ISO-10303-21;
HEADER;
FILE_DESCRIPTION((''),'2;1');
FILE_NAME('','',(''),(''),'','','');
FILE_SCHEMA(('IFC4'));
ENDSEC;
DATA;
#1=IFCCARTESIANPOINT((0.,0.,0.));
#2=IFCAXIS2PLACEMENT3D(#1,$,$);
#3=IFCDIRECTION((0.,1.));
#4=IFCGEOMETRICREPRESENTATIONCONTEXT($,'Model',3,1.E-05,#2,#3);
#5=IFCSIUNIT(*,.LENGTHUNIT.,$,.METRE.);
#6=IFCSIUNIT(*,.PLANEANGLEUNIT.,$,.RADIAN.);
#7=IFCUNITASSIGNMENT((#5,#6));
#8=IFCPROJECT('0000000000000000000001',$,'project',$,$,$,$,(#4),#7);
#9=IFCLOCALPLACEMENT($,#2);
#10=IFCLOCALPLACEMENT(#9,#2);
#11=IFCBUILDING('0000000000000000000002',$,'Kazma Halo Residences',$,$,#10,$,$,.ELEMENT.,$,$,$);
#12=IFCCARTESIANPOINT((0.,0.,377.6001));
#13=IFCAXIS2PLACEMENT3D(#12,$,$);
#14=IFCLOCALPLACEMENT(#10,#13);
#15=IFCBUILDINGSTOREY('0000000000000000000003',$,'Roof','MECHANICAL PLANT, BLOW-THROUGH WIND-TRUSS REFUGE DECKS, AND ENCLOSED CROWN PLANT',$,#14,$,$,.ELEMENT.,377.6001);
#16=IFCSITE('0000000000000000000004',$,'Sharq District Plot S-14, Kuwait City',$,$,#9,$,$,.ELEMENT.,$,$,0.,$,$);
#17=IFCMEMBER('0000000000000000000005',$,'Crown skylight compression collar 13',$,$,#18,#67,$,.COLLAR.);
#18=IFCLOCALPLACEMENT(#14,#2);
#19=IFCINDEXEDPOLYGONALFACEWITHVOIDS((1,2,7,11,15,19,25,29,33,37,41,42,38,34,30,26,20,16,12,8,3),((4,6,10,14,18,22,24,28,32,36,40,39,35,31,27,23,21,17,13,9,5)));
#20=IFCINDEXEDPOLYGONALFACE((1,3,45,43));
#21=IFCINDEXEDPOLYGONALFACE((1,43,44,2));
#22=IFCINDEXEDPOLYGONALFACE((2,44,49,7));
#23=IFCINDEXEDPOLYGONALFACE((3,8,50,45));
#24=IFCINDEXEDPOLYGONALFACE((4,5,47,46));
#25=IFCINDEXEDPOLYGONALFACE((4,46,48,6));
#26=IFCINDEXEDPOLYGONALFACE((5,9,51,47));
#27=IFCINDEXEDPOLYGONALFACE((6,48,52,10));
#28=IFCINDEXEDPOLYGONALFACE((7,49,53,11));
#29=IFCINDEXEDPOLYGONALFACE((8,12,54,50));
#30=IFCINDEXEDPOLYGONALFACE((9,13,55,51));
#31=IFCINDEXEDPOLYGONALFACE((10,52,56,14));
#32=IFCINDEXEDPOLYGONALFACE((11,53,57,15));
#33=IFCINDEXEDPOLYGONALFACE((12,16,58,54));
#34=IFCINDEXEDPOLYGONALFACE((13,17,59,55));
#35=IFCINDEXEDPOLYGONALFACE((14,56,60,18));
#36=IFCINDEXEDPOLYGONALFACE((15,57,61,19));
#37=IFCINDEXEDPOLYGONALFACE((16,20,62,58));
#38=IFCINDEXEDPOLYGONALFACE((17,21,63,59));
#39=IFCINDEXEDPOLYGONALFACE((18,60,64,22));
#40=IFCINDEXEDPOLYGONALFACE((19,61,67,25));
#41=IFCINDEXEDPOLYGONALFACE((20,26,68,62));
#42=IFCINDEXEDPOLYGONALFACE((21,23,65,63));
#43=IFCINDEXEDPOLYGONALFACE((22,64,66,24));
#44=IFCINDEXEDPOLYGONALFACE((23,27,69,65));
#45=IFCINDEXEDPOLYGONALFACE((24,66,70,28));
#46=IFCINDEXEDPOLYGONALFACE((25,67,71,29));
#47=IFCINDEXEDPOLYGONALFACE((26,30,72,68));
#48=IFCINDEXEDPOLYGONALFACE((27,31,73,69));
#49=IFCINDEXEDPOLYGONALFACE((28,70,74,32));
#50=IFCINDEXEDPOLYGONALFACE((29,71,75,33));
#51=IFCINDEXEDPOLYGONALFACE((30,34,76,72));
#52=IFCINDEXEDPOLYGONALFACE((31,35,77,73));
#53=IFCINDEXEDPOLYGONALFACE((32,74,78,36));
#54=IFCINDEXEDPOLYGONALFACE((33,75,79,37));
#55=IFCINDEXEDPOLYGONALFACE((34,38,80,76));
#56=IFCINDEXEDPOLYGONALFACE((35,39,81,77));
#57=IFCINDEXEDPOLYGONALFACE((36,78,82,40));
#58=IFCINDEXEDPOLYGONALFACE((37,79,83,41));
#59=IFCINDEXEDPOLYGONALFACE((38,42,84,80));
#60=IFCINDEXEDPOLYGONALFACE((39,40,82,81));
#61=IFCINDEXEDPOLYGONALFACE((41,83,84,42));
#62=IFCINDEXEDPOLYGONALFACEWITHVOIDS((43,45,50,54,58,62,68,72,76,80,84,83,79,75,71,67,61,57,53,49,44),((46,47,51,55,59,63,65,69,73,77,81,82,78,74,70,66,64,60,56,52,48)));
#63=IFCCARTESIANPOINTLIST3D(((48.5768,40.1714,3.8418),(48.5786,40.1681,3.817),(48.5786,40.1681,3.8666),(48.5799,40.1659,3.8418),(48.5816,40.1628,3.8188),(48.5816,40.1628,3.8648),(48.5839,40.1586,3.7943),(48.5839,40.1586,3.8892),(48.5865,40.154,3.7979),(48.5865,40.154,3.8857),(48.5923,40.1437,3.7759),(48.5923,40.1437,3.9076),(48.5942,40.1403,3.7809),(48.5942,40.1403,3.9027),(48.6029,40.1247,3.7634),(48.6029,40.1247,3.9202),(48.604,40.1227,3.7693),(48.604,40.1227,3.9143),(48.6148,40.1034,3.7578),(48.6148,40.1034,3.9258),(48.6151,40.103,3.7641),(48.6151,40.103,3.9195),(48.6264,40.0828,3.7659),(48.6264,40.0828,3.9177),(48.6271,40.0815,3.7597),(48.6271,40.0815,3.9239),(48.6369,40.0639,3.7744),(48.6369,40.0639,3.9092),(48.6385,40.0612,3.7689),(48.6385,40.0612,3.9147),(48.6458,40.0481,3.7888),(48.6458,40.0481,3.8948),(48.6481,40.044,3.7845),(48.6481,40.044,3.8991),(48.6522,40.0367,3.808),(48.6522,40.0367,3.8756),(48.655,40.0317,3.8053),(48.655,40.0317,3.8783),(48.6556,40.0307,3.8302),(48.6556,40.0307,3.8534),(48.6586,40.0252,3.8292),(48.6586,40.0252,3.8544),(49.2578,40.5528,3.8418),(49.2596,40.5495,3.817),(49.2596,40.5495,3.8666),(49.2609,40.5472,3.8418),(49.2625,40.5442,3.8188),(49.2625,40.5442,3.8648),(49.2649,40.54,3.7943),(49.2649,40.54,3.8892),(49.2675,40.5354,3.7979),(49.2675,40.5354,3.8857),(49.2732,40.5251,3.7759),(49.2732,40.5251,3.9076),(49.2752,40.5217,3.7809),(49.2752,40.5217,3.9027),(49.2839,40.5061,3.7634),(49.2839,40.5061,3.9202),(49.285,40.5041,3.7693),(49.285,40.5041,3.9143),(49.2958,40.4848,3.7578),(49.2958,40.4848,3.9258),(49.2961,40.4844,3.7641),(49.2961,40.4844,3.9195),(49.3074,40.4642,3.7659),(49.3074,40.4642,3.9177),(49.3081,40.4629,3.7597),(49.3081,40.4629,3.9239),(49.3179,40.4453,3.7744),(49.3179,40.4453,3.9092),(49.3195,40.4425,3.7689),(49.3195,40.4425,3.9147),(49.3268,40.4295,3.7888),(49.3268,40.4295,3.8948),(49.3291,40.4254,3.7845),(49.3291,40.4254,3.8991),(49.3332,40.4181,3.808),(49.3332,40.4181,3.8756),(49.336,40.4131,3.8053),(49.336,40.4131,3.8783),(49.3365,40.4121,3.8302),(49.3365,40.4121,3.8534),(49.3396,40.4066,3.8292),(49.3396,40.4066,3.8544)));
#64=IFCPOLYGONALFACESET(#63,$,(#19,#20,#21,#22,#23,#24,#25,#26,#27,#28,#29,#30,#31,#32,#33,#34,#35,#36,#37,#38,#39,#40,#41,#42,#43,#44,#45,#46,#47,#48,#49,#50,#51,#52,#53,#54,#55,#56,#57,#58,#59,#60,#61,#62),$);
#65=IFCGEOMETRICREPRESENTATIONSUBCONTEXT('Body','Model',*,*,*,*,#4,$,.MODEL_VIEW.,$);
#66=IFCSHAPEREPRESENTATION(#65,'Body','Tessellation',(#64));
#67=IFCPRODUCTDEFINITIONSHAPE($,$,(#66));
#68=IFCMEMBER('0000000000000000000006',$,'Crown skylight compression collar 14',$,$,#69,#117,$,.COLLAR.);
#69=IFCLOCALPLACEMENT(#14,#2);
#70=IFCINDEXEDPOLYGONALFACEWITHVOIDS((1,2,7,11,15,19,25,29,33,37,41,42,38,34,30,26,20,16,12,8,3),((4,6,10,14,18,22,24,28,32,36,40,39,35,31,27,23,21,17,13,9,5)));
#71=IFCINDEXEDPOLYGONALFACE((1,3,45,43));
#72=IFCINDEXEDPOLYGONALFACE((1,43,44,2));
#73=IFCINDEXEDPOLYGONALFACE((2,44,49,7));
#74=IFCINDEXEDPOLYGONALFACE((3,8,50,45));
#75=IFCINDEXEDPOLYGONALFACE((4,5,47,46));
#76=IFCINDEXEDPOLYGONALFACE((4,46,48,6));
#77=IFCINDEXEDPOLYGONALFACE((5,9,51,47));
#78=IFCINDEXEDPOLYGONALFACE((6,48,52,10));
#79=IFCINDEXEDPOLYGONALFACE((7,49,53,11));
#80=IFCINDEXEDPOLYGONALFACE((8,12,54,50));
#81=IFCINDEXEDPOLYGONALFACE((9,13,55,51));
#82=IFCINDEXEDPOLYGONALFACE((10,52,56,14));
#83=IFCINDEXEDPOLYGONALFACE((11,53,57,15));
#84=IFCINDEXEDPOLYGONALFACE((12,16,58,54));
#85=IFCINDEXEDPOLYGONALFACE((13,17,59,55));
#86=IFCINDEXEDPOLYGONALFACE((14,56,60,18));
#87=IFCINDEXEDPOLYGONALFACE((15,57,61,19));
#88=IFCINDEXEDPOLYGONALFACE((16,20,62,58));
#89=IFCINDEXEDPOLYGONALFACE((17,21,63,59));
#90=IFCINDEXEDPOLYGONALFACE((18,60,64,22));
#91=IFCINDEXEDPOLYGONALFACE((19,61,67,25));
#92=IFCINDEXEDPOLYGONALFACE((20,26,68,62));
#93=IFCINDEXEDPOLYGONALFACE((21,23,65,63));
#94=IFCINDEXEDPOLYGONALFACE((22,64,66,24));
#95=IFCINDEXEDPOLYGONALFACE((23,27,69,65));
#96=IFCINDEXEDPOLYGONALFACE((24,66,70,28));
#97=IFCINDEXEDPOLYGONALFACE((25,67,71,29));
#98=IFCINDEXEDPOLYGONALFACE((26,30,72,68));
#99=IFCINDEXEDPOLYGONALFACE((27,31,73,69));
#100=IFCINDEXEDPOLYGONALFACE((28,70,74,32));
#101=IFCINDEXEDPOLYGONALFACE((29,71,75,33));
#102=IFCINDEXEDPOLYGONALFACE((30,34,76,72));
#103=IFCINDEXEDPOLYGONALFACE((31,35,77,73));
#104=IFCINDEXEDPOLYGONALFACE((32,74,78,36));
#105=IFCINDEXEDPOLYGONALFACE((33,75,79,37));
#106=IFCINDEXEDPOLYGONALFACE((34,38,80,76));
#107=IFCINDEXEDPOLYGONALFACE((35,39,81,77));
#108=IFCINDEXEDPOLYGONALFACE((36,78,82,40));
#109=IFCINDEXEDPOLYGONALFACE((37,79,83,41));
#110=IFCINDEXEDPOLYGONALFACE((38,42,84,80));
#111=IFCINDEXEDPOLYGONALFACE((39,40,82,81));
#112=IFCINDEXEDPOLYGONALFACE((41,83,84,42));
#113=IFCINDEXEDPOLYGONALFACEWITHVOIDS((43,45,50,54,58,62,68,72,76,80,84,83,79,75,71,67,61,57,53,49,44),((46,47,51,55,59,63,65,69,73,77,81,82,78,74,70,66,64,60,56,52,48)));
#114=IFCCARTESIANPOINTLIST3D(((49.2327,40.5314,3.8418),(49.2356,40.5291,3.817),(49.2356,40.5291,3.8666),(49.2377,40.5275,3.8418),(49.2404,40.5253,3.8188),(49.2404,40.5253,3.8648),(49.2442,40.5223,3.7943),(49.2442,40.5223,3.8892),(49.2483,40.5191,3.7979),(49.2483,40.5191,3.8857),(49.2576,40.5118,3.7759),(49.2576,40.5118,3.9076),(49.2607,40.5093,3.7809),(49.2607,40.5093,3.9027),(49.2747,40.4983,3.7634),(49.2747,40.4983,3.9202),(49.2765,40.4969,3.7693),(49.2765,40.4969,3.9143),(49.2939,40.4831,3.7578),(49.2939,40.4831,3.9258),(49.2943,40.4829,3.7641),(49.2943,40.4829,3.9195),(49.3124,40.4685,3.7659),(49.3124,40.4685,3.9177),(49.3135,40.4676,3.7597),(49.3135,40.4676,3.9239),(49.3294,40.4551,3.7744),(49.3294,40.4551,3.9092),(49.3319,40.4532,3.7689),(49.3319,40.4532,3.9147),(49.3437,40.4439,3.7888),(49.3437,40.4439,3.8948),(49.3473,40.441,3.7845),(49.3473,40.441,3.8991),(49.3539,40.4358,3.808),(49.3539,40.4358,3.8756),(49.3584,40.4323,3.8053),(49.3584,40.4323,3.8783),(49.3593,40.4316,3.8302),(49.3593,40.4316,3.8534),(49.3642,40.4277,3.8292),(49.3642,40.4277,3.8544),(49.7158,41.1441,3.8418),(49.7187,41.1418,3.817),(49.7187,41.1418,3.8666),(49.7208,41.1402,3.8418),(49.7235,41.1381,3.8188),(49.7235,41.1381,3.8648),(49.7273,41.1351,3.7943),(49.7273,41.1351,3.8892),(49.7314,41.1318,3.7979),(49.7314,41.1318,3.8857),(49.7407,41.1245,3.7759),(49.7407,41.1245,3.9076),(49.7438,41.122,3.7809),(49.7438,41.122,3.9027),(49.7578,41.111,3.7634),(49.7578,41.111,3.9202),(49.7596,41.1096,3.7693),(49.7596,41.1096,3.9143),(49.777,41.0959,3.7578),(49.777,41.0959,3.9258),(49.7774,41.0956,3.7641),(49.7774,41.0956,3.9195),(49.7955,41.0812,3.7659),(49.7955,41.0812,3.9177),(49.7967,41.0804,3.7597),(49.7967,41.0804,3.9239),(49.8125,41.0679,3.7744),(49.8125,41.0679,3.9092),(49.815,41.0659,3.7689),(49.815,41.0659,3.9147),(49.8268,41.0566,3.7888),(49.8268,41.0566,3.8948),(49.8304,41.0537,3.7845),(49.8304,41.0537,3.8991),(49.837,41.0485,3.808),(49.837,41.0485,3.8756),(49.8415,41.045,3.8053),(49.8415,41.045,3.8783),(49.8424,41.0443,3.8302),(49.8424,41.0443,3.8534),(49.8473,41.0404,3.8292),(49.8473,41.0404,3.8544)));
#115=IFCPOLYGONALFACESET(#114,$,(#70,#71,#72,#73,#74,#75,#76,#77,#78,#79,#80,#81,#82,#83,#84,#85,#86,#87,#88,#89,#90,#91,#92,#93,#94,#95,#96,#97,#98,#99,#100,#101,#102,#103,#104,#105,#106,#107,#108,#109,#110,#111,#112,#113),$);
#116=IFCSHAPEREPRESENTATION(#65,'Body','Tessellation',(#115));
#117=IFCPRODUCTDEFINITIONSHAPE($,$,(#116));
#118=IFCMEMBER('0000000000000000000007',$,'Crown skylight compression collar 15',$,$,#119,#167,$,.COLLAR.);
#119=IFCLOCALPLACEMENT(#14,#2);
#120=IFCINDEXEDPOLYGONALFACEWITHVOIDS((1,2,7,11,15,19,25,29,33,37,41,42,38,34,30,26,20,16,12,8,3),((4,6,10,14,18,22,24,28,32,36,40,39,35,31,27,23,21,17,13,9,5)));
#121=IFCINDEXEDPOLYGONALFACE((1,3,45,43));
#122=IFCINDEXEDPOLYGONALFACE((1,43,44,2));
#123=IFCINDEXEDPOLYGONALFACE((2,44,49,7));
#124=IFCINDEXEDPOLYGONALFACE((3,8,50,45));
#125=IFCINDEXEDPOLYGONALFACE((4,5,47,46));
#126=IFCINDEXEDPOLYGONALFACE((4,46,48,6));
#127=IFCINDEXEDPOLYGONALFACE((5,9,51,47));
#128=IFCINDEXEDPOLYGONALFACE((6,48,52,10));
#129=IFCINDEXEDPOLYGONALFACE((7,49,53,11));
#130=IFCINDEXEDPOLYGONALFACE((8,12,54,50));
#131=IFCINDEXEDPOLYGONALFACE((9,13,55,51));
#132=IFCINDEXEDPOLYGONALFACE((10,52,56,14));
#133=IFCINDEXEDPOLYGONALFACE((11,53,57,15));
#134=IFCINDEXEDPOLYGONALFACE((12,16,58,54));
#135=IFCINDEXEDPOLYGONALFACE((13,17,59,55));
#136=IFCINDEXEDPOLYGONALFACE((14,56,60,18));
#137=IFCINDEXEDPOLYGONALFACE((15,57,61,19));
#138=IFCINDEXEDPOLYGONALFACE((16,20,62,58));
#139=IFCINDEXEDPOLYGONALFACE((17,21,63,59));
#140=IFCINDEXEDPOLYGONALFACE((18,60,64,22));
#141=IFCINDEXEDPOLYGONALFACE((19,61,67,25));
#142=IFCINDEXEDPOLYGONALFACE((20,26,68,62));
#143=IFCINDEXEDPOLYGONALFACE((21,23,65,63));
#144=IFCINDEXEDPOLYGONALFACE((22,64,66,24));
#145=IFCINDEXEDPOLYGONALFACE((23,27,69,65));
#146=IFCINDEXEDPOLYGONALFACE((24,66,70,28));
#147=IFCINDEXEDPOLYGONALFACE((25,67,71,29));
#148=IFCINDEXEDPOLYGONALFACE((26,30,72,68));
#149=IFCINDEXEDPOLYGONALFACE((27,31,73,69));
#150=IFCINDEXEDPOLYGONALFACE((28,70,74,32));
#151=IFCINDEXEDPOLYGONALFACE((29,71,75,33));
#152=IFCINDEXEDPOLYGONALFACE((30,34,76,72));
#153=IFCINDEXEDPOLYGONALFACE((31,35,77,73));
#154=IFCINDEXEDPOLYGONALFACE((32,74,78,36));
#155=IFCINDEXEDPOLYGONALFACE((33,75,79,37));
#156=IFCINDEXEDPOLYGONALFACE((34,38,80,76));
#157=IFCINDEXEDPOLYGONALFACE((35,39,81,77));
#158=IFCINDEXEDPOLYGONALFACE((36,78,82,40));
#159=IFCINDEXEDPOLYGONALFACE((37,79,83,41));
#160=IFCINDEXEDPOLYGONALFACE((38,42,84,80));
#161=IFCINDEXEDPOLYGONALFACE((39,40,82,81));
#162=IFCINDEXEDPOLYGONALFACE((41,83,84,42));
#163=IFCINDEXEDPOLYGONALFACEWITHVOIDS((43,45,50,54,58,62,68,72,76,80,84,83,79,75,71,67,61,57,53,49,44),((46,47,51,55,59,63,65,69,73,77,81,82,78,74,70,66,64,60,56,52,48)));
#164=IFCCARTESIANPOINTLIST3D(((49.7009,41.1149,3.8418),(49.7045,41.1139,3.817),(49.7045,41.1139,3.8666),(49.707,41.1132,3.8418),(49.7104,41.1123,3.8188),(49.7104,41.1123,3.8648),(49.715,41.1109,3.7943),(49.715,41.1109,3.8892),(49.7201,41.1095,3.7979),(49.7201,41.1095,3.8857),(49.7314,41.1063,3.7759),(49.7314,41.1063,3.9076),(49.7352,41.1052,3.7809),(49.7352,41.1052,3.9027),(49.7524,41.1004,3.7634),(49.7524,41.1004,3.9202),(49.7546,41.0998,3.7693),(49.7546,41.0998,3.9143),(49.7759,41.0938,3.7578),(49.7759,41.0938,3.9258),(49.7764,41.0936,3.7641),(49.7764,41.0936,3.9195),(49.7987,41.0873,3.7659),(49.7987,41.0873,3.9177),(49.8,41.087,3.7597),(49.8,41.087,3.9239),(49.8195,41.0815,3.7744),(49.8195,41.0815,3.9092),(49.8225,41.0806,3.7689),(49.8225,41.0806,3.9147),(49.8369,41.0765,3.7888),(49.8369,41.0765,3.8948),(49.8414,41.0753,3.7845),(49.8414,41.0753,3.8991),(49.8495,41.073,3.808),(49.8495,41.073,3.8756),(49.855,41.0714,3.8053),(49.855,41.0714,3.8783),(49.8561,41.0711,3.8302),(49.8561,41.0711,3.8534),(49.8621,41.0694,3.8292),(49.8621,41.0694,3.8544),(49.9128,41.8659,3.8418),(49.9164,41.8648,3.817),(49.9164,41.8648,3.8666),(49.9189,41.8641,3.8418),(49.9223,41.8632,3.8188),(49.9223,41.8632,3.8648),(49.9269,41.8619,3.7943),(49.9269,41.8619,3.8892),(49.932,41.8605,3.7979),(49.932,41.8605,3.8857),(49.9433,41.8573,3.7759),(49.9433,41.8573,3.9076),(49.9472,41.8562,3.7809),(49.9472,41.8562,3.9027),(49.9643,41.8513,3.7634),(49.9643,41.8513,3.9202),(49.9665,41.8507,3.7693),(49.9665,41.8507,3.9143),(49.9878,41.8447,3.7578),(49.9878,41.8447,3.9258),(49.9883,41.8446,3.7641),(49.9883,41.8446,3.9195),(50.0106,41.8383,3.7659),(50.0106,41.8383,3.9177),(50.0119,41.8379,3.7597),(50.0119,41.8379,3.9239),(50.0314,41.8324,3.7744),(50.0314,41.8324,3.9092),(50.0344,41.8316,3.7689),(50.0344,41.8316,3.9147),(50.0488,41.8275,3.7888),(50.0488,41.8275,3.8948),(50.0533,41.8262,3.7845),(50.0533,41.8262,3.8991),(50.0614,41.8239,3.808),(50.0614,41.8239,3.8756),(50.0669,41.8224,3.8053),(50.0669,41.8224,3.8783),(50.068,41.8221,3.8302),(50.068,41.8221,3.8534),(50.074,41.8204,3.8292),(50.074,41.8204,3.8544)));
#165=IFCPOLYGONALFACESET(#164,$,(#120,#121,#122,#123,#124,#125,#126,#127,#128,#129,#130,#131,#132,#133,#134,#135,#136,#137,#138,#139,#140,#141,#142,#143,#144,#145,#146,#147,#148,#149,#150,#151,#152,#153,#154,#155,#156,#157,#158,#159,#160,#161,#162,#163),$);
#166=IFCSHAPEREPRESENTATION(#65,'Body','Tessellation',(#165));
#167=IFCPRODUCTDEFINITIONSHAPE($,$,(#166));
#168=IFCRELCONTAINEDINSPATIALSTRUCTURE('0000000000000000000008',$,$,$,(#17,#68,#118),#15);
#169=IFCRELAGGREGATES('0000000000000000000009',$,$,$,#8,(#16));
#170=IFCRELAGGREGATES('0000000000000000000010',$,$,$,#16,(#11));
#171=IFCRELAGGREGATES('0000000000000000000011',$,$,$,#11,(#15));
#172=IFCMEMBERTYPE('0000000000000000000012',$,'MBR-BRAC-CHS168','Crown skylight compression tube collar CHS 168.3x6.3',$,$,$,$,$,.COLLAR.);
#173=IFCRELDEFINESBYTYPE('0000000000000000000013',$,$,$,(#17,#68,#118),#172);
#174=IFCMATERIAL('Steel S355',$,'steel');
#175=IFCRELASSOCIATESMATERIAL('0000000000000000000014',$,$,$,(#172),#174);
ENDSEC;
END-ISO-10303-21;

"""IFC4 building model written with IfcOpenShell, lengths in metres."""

from ifc_helpers import new_model, si_unit, direction, frame, origin, origin_2d, place, context, subcontext, project, spatial, hollow_circle, extrude, material, material_profile, profile_set, type_object, element, save


model = new_model("IFC4")

# Units and contexts
model_context = context("Model", 3, precision=1e-05, world=origin(), true_north=direction((0.0, 1.0)))
body_context = subcontext(model_context, "Body", "Model", "MODEL_VIEW")
ifc_project = project(units=[si_unit("LENGTHUNIT", "METRE"), si_unit("PLANEANGLEUNIT", "RADIAN")], contexts=[model_context])

# Site, building, storey
site_placement = place(None, origin())
site = spatial("IfcSite", under=ifc_project, at=site_placement, Name="Sharq District Plot S-14, Kuwait City", CompositionType="ELEMENT", RefElevation=0.0)
building_placement = place(site_placement, origin())
building = spatial("IfcBuilding", under=site, at=building_placement, Name="Kazma Halo Residences", CompositionType="ELEMENT")
storey_placement = place(building_placement, frame((0.0, 0.0, 377.6001)))
storey = spatial("IfcBuildingStorey", under=building, at=storey_placement, Name="Roof", Description="MECHANICAL PLANT, BLOW-THROUGH WIND-TRUSS REFUGE DECKS, AND ENCLOSED CROWN PLANT", CompositionType="ELEMENT", Elevation=377.6001)

# Shared definitions
ifc_material_1 = material(Name="Steel S355", Category="steel")

# Members
ifc_material_profile_1 = material_profile(ifc_material_1, hollow_circle(Radius=0.0842, WallThickness=0.0063, at=origin_2d()), Name="CHS168.3x6.3")
ifc_profile_set_1 = profile_set([ifc_material_profile_1], Name="Steel S355")
member_type_1 = type_object("IfcMemberType", Name="MBR-BRAC-CHS168", Description="Crown skylight compression tube collar CHS 168.3x6.3", PredefinedType="COLLAR", material=ifc_profile_set_1)
member_1_placement = place(storey_placement, frame((48.6179, 40.0979, 3.8418), z_axis=(0.872485, 0.488641, 0.0), x_axis=(-0.488641, 0.872485, 0.0)))
element("IfcMember", 1, at=member_1_placement, inside=storey, type_object=member_type_1, Name="Crown skylight compression collar 13", PredefinedType="COLLAR", context=body_context, shape_type="SweptSolid", body=[
    extrude(hollow_circle(Radius=0.0842, WallThickness=0.0063, at=origin_2d()), origin(), (0.0, 0.0, 1.0), 0.7805),
])
for number, where, z_axis, x_axis, name in (
    (2, (49.2988, 40.4792, 3.8418), (0.619147, 0.785275, 0.0), (-0.785275, 0.619147, 0.0), "Crown skylight compression collar 14"),
    (3, (49.782, 41.092, 3.8418), (0.271579, 0.962416, 0.0), (-0.962416, 0.271579, 0.0), "Crown skylight compression collar 15"),
):
    element("IfcMember", number, at=place(storey_placement, frame(where, z_axis=z_axis, x_axis=x_axis)), inside=storey, type_object=member_type_1, Name=name, PredefinedType="COLLAR", context=body_context, shape_type="SweptSolid", body=[
        extrude(hollow_circle(Radius=0.0842, WallThickness=0.0063, at=origin_2d()), origin(), (0.0, 0.0, 1.0), 0.7803),
    ])

save(model, "model.ifc")
